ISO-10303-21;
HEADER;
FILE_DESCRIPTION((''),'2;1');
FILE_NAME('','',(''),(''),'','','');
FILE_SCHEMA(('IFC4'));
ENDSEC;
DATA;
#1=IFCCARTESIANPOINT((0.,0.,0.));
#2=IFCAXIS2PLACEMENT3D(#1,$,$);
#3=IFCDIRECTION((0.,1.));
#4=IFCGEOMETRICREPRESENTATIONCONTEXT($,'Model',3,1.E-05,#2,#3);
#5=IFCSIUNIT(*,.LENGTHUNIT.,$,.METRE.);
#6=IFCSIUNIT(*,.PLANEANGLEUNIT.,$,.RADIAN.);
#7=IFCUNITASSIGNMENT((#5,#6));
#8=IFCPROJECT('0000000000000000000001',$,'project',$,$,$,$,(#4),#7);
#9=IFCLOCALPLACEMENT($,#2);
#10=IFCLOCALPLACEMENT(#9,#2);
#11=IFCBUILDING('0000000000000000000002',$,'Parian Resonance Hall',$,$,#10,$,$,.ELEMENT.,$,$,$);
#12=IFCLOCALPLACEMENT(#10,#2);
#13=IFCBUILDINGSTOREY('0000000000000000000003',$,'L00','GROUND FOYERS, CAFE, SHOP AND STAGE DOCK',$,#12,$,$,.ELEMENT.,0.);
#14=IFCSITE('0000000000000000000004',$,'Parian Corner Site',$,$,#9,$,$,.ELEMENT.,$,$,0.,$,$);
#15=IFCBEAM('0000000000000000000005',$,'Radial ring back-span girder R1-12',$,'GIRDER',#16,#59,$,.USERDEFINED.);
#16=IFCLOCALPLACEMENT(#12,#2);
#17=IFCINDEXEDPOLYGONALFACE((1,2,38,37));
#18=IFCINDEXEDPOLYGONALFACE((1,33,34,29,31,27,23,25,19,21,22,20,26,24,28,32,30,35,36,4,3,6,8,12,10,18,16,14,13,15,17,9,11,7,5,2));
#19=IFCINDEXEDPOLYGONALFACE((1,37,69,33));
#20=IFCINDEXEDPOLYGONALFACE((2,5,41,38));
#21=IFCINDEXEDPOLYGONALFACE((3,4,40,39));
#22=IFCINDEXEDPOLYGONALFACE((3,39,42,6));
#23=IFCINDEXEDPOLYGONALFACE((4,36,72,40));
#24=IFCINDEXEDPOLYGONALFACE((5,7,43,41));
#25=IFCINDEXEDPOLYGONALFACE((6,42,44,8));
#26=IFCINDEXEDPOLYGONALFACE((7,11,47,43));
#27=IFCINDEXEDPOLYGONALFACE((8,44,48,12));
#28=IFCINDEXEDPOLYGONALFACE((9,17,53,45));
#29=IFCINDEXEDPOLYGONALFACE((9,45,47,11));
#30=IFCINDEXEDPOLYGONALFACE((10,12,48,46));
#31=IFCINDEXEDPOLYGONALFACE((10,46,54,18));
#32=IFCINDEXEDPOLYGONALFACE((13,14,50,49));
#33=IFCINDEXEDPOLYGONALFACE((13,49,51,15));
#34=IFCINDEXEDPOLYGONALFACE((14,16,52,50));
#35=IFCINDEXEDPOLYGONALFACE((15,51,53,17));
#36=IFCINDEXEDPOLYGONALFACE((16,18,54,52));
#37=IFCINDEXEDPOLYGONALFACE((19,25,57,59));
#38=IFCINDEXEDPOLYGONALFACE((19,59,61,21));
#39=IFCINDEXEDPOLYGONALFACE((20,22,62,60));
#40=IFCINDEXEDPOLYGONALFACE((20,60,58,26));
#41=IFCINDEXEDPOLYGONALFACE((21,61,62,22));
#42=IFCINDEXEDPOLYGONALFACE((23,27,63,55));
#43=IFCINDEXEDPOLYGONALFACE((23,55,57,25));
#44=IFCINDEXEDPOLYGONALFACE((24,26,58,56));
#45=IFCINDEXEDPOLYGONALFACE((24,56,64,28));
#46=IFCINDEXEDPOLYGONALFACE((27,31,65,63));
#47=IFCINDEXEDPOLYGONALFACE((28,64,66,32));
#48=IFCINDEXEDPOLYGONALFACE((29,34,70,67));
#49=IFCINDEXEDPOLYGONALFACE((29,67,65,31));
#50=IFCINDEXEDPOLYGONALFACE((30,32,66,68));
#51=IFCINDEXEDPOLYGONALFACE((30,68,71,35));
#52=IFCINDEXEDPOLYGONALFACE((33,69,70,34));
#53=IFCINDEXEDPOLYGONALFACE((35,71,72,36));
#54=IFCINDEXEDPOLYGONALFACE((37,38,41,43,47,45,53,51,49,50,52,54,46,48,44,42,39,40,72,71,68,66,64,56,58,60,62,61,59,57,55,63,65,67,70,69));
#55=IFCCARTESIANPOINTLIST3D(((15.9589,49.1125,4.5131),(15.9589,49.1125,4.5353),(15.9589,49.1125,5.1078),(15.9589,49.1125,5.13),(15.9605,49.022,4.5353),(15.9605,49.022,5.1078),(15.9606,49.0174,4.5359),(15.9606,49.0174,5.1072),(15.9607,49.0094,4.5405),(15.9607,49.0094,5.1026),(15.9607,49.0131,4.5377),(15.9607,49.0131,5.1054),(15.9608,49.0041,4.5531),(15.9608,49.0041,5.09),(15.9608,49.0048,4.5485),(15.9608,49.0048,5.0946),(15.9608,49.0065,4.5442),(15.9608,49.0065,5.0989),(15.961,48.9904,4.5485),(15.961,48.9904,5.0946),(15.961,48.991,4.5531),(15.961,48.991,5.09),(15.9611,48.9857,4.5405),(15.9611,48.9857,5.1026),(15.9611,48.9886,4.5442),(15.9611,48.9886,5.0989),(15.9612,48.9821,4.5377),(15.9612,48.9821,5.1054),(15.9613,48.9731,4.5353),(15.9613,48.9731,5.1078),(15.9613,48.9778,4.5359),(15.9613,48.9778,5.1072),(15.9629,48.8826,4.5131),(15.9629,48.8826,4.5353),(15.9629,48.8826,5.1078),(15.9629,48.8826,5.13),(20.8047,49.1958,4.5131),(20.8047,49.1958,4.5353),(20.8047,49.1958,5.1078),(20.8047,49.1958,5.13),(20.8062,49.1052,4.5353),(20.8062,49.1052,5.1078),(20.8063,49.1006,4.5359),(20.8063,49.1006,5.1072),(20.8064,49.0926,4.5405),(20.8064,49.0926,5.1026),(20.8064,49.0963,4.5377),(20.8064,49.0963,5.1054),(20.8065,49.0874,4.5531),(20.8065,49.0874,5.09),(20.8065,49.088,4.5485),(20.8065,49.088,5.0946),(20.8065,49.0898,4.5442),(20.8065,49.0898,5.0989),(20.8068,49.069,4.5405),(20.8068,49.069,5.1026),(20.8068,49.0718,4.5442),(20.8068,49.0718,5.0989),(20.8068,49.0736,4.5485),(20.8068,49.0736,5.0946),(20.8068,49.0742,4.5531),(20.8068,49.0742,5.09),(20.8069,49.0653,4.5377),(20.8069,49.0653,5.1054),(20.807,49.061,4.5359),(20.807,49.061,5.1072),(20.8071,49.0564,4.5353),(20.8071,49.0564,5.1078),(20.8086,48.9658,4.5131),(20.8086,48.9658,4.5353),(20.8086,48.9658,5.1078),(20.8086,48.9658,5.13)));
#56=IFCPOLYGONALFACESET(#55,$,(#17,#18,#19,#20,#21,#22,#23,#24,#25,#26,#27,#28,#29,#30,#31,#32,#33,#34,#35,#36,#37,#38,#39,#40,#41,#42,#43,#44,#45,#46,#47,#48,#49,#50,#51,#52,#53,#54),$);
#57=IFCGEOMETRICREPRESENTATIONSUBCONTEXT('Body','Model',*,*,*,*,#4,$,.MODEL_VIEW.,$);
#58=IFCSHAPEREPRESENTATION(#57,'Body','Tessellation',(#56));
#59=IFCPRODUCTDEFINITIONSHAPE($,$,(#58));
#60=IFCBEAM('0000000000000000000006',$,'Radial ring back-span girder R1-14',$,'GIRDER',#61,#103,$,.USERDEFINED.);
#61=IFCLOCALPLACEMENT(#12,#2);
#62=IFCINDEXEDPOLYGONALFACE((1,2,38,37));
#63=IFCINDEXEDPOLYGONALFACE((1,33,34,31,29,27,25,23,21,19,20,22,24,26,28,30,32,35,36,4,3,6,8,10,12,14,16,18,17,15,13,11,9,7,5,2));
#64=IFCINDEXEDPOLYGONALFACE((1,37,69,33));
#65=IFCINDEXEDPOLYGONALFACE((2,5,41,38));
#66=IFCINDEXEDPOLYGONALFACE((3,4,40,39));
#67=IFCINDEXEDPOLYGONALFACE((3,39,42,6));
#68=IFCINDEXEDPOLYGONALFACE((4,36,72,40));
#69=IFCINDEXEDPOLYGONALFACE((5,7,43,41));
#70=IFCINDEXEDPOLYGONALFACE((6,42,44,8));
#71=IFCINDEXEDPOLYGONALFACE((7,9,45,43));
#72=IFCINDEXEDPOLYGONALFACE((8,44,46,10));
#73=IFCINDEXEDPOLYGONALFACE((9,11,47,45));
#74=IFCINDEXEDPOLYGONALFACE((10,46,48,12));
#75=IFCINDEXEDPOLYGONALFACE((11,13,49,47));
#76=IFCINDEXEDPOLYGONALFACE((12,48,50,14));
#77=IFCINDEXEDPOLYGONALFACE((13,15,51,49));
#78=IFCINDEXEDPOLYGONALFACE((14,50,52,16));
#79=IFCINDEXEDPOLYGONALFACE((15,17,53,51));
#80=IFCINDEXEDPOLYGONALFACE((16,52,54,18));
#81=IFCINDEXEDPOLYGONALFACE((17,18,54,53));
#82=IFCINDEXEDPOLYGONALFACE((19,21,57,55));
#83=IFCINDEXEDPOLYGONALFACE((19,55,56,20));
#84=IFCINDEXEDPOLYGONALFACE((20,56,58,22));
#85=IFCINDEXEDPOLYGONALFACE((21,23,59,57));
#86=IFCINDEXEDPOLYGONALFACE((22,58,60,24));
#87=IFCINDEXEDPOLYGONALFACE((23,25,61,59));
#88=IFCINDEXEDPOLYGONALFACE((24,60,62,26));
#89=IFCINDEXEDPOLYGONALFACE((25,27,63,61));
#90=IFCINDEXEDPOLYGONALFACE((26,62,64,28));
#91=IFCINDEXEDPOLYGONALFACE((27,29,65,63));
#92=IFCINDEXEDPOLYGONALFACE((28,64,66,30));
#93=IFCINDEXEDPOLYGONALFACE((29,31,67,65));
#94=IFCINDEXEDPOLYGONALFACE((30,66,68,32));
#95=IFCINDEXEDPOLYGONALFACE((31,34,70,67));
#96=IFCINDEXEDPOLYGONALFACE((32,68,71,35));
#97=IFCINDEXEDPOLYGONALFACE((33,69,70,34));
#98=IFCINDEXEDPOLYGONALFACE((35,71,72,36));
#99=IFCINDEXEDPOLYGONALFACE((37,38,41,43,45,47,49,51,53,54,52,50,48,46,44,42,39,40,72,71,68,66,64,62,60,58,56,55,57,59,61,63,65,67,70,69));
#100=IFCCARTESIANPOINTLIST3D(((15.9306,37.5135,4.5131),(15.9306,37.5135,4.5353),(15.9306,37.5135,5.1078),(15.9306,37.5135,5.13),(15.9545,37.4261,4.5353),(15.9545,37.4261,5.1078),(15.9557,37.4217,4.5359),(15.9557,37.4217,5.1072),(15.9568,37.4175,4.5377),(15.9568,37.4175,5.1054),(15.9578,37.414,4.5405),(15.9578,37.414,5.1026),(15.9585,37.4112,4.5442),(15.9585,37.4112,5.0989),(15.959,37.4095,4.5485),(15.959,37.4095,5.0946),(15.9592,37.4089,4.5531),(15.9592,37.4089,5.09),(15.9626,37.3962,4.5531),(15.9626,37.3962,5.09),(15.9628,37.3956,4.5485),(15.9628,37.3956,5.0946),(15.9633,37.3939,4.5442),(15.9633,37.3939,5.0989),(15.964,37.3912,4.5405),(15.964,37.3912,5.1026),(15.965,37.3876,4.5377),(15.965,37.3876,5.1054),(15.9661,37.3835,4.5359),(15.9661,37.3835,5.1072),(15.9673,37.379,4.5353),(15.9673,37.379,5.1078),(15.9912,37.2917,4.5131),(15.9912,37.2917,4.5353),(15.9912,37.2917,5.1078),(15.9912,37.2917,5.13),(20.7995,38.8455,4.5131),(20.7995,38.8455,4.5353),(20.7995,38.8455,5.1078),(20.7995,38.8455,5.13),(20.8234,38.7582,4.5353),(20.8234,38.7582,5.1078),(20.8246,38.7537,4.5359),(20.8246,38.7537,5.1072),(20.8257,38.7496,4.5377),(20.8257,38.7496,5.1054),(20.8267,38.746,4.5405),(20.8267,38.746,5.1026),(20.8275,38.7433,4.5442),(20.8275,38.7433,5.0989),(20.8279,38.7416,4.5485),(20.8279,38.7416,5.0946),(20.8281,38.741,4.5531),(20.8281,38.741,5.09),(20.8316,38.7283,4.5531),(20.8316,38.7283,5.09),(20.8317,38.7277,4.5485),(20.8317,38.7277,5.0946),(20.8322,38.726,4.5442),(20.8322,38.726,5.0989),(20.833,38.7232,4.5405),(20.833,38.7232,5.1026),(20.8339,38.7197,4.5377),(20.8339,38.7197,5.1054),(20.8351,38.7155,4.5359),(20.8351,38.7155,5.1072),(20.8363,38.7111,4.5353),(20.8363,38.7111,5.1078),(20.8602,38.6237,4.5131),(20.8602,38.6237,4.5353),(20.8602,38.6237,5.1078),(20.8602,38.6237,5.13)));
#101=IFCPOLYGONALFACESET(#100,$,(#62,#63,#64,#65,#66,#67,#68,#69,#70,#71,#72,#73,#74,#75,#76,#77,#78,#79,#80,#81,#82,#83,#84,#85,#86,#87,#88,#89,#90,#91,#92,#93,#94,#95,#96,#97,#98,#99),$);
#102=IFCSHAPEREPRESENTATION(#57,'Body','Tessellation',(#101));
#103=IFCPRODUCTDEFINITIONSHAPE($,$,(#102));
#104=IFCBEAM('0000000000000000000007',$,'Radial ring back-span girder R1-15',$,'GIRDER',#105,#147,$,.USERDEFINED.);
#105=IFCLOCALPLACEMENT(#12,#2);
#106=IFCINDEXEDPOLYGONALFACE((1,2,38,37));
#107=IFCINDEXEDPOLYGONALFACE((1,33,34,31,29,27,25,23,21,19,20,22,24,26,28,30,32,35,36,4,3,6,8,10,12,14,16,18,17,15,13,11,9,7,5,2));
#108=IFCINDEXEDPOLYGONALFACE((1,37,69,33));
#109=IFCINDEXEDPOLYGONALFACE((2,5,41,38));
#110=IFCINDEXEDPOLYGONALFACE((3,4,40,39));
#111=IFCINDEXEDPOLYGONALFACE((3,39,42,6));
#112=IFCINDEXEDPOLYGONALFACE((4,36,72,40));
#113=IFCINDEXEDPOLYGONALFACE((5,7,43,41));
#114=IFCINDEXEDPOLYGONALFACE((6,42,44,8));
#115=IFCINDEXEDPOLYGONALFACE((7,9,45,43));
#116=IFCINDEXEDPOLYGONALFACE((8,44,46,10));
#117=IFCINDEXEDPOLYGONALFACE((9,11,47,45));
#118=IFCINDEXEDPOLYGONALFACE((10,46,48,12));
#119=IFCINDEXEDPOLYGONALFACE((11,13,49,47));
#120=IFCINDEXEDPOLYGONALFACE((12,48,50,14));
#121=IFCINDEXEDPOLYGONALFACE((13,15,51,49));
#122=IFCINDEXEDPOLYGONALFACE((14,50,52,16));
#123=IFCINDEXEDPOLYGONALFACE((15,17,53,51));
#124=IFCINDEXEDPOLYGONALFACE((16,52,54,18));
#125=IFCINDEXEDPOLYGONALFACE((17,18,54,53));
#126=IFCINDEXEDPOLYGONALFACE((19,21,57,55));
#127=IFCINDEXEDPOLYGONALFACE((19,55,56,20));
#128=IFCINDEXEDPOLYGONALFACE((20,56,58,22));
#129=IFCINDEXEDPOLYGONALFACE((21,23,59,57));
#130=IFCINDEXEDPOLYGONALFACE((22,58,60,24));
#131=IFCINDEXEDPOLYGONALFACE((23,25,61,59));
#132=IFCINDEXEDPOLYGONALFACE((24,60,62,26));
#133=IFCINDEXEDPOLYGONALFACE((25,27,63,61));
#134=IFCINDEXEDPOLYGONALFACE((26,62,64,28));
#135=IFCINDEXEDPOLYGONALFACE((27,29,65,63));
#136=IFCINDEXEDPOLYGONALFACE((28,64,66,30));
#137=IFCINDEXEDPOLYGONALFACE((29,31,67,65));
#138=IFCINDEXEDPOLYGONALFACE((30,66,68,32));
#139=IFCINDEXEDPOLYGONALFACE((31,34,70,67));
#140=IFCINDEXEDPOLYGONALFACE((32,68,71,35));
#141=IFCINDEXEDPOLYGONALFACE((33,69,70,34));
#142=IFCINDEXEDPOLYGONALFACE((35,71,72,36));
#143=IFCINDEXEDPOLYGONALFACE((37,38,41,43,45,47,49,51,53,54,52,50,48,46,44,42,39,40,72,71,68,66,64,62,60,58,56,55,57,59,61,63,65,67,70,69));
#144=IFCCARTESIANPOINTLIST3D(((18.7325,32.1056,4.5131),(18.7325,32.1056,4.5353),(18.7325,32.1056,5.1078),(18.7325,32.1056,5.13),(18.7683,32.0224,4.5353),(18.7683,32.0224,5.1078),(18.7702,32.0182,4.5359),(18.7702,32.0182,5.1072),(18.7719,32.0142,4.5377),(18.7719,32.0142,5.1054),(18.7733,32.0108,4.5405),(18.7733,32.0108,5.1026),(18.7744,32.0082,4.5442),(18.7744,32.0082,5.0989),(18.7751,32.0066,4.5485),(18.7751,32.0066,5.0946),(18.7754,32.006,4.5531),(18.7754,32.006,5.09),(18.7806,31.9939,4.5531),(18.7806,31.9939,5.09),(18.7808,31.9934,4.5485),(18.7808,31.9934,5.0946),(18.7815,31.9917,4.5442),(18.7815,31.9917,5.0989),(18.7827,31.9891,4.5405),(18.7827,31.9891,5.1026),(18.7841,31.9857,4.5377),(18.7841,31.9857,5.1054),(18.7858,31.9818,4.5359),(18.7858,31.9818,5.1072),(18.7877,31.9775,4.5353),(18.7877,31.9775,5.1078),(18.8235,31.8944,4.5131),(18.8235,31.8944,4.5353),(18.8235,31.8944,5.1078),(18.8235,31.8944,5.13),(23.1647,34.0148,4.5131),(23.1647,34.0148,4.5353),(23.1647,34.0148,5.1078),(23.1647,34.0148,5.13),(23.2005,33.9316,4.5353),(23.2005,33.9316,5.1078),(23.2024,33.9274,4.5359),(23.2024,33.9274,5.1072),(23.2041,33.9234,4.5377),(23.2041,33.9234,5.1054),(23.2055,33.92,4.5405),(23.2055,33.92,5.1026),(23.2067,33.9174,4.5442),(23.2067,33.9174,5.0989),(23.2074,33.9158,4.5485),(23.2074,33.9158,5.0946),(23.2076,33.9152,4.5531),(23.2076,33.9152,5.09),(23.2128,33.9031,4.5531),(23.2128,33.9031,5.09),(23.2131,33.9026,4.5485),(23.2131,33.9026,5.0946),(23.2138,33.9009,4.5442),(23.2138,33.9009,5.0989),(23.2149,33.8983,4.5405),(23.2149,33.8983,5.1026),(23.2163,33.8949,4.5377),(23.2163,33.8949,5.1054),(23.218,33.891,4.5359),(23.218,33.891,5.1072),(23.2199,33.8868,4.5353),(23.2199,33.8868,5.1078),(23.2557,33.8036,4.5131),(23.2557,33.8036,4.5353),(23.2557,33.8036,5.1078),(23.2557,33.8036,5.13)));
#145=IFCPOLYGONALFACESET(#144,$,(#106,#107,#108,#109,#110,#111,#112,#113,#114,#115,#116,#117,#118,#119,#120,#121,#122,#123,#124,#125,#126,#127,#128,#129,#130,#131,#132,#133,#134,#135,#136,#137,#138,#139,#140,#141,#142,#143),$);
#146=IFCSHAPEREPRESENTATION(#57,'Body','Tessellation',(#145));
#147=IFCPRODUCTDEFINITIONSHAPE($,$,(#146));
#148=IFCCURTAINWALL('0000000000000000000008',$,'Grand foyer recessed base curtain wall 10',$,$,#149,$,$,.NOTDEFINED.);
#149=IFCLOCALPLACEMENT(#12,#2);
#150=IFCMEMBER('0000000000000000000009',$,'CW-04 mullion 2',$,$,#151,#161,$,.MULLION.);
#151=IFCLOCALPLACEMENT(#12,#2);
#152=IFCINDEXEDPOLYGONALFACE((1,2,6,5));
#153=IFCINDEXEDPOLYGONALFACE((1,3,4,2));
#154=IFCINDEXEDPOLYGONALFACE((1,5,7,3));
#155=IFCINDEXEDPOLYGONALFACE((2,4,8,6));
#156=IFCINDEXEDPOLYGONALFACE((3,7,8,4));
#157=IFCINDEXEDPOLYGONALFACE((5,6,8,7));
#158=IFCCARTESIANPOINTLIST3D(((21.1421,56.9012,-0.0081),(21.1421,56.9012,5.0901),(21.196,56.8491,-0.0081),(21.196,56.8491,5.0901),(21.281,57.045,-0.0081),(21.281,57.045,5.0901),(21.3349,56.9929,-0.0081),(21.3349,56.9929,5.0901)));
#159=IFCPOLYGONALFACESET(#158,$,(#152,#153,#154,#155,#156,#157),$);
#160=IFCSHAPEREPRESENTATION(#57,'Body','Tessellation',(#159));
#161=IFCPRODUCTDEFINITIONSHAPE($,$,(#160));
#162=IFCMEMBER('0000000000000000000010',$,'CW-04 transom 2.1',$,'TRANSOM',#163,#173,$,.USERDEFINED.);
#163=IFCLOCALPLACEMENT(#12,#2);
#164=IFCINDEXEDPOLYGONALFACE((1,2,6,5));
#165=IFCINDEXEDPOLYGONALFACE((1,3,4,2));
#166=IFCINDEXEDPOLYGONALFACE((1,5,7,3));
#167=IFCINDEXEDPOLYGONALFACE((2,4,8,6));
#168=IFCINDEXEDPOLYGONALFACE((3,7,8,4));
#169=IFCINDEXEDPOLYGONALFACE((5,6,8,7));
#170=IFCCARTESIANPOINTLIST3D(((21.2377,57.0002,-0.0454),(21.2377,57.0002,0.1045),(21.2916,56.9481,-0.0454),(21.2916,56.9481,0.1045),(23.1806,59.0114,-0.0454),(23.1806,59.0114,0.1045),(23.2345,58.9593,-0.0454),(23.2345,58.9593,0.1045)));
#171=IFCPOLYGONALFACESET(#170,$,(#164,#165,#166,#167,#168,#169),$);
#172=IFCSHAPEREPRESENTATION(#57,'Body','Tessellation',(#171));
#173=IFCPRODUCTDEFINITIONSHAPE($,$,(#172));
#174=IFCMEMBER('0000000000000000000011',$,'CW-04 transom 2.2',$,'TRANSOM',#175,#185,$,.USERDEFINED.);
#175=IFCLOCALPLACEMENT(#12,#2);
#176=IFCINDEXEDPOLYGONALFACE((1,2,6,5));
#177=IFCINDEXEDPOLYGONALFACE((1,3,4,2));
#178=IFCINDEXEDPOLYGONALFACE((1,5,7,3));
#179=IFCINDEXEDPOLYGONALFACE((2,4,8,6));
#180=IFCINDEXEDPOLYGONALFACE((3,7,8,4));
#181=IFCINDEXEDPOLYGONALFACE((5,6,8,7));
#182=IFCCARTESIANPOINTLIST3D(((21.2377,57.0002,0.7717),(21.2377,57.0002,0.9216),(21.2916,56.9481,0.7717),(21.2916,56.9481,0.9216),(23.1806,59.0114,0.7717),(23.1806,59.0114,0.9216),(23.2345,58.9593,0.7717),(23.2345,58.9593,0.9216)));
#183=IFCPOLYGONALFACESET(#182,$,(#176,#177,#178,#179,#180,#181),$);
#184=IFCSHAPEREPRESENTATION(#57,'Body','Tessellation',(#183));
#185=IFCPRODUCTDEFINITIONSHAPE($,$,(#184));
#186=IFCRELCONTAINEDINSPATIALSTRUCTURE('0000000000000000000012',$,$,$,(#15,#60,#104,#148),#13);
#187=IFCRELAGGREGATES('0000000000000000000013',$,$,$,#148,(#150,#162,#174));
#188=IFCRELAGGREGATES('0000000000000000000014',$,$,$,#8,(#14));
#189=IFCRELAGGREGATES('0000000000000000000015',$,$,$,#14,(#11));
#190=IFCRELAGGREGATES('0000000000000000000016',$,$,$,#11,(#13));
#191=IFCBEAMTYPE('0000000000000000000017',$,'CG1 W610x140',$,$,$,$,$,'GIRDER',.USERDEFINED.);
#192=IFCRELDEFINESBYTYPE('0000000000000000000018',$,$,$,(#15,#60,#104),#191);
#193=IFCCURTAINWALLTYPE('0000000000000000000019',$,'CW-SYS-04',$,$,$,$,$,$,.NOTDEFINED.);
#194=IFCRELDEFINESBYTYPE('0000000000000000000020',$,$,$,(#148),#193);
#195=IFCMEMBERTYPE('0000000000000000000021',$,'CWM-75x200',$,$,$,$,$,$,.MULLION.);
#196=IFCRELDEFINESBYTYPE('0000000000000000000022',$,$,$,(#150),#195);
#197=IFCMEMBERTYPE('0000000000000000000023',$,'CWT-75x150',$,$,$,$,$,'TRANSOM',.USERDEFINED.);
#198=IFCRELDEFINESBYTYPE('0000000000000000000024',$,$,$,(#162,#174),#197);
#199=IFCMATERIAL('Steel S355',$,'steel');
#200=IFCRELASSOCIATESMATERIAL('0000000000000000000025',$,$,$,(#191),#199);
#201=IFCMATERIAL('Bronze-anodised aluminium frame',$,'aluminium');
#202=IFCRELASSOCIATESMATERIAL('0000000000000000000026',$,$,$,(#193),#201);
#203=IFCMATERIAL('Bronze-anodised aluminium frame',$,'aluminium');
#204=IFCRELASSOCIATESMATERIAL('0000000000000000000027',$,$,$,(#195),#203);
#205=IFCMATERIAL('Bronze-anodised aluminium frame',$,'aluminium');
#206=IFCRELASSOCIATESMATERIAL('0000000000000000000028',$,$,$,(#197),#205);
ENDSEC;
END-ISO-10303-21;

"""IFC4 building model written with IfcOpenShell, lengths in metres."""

from ifc_helpers import new_model, si_unit, direction, frame, origin, origin_2d, place, context, subcontext, project, spatial, rectangle, i_section, extrude, material, material_profile, profile_set, type_object, element, aggregate, save


model = new_model("IFC4")

# Units and contexts
model_context = context("Model", 3, precision=1e-05, world=origin(), true_north=direction((0.0, 1.0)))
body_context = subcontext(model_context, "Body", "Model", "MODEL_VIEW")
ifc_project = project(units=[si_unit("LENGTHUNIT", "METRE"), si_unit("PLANEANGLEUNIT", "RADIAN")], contexts=[model_context])

# Site, building, storey
site_placement = place(None, origin())
site = spatial("IfcSite", under=ifc_project, at=site_placement, Name="Parian Corner Site", CompositionType="ELEMENT", RefElevation=0.0)
building_placement = place(site_placement, origin())
building = spatial("IfcBuilding", under=site, at=building_placement, Name="Parian Resonance Hall", CompositionType="ELEMENT")
storey_placement = place(building_placement, origin())
storey = spatial("IfcBuildingStorey", under=building, at=storey_placement, Name="L00", Description="GROUND FOYERS, CAFE, SHOP AND STAGE DOCK", CompositionType="ELEMENT", Elevation=0.0)

# Beams
ifc_material_1 = material(Name="Steel S355", Category="steel")
ifc_material_profile_1 = material_profile(ifc_material_1, i_section(OverallWidth=0.23, OverallDepth=0.6169, WebThickness=0.0132, FlangeThickness=0.0222, FilletRadius=0.0178, at=origin_2d()), Name="W610x140")
ifc_profile_set_1 = profile_set([ifc_material_profile_1], Name="Steel S355")
beam_type_1 = type_object("IfcBeamType", Name="CG1 W610x140", ElementType="GIRDER", PredefinedType="USERDEFINED", material=ifc_profile_set_1)
beam_1_placement = place(storey_placement, frame((20.8066, 49.0808, 4.8215), z_axis=(-0.999852, -0.017178, 0.0), x_axis=(0.017178, -0.999852, 0.0)))
element("IfcBeam", 1, at=beam_1_placement, inside=storey, type_object=beam_type_1, Name="Radial ring back-span girder R1-12", ObjectType="GIRDER", PredefinedType="USERDEFINED", context=body_context, shape_type="SweptSolid", body=[
    extrude(i_section(OverallWidth=0.23, OverallDepth=0.6169, WebThickness=0.0132, FlangeThickness=0.0222, FilletRadius=0.0178, at=origin_2d()), origin(), (0.0, 0.0, 1.0), 4.8464),
])
beam_2_placement = place(storey_placement, frame((20.8298, 38.7346, 4.8215), z_axis=(-0.964555, -0.263883, 0.0), x_axis=(0.263883, -0.964555, 0.0)))
element("IfcBeam", 2, at=beam_2_placement, inside=storey, type_object=beam_type_1, Name="Radial ring back-span girder R1-14", ObjectType="GIRDER", PredefinedType="USERDEFINED", context=body_context, shape_type="SweptSolid", body=[
    extrude(i_section(OverallWidth=0.23, OverallDepth=0.6169, WebThickness=0.0132, FlangeThickness=0.0222, FilletRadius=0.0178, at=origin_2d()), origin(), (0.0, 0.0, 1.0), 5.0479),
])
beam_3_placement = place(storey_placement, frame((23.2102, 33.9092, 4.8215), z_axis=(-0.918416, -0.395616, 0.0), x_axis=(0.395616, -0.918416, 0.0)))
element("IfcBeam", 3, at=beam_3_placement, inside=storey, type_object=beam_type_1, Name="Radial ring back-span girder R1-15", ObjectType="GIRDER", PredefinedType="USERDEFINED", context=body_context, shape_type="SweptSolid", body=[
    extrude(i_section(OverallWidth=0.23, OverallDepth=0.6169, WebThickness=0.0132, FlangeThickness=0.0222, FilletRadius=0.0178, at=origin_2d()), origin(), (0.0, 0.0, 1.0), 4.8259),
])

# Curtain wall, members
ifc_material_2 = material(Name="Bronze-anodised aluminium frame", Category="aluminium")
curtain_wall_type = type_object("IfcCurtainWallType", Name="CW-SYS-04", PredefinedType="NOTDEFINED", material=ifc_material_2)
curtain_wall_placement = place(storey_placement, origin())
curtain_wall = element("IfcCurtainWall", 4, at=curtain_wall_placement, inside=storey, type_object=curtain_wall_type, Name="Grand foyer recessed base curtain wall 10", PredefinedType="NOTDEFINED")
ifc_material_3 = material(Name="Bronze-anodised aluminium frame", Category="aluminium")
ifc_material_profile_2 = material_profile(ifc_material_3, rectangle(XDim=0.075, YDim=0.2, at=origin_2d()), Name="CWM-75x200")
ifc_profile_set_2 = profile_set([ifc_material_profile_2], Name="Bronze-anodised aluminium frame")
member_type_1 = type_object("IfcMemberType", Name="CWM-75x200", PredefinedType="MULLION", material=ifc_profile_set_2)
member_1_placement = place(storey_placement, frame((21.2385, 56.947, -0.0081), z_axis=(0.0, 0.0, 1.0), x_axis=(-0.719223, 0.69478, 0.0)))
member_1 = element("IfcMember", 5, at=member_1_placement, type_object=member_type_1, Name="CW-04 mullion 2", PredefinedType="MULLION", context=body_context, shape_type="SweptSolid", body=[
    extrude(rectangle(XDim=0.075, YDim=0.2, at=origin_2d()), origin(), (0.0, 0.0, 1.0), 5.0981),
])
ifc_material_4 = material(Name="Bronze-anodised aluminium frame", Category="aluminium")
ifc_material_profile_3 = material_profile(ifc_material_4, rectangle(XDim=0.075, YDim=0.1499, at=origin_2d()), Name="CWT-75x150")
ifc_profile_set_3 = profile_set([ifc_material_profile_3], Name="Bronze-anodised aluminium frame")
member_type_2 = type_object("IfcMemberType", Name="CWT-75x150", ElementType="TRANSOM", PredefinedType="USERDEFINED", material=ifc_profile_set_3)
member_2_placement = place(storey_placement, frame((21.2646, 56.9741, 0.0295), z_axis=(0.694778, 0.719224, 0.0), x_axis=(-0.719224, 0.694778, 0.0)))
member_2 = element("IfcMember", 6, at=member_2_placement, type_object=member_type_2, Name="CW-04 transom 2.1", ObjectType="TRANSOM", PredefinedType="USERDEFINED", context=body_context, shape_type="SweptSolid", body=[
    extrude(rectangle(XDim=0.075, YDim=0.1499, at=origin_2d()), origin(), (0.0, 0.0, 1.0), 2.7964),
])
member_3_placement = place(storey_placement, frame((21.2646, 56.9741, 0.8467), z_axis=(0.694778, 0.719224, 0.0), x_axis=(-0.719224, 0.694778, 0.0)))
member_3 = element("IfcMember", 7, at=member_3_placement, type_object=member_type_2, Name="CW-04 transom 2.2", ObjectType="TRANSOM", PredefinedType="USERDEFINED", context=body_context, shape_type="SweptSolid", body=[
    extrude(rectangle(XDim=0.075, YDim=0.1499, at=origin_2d()), origin(), (0.0, 0.0, 1.0), 2.7964),
])
aggregate(curtain_wall, [member_1, member_2, member_3])

save(model, "model.ifc")
